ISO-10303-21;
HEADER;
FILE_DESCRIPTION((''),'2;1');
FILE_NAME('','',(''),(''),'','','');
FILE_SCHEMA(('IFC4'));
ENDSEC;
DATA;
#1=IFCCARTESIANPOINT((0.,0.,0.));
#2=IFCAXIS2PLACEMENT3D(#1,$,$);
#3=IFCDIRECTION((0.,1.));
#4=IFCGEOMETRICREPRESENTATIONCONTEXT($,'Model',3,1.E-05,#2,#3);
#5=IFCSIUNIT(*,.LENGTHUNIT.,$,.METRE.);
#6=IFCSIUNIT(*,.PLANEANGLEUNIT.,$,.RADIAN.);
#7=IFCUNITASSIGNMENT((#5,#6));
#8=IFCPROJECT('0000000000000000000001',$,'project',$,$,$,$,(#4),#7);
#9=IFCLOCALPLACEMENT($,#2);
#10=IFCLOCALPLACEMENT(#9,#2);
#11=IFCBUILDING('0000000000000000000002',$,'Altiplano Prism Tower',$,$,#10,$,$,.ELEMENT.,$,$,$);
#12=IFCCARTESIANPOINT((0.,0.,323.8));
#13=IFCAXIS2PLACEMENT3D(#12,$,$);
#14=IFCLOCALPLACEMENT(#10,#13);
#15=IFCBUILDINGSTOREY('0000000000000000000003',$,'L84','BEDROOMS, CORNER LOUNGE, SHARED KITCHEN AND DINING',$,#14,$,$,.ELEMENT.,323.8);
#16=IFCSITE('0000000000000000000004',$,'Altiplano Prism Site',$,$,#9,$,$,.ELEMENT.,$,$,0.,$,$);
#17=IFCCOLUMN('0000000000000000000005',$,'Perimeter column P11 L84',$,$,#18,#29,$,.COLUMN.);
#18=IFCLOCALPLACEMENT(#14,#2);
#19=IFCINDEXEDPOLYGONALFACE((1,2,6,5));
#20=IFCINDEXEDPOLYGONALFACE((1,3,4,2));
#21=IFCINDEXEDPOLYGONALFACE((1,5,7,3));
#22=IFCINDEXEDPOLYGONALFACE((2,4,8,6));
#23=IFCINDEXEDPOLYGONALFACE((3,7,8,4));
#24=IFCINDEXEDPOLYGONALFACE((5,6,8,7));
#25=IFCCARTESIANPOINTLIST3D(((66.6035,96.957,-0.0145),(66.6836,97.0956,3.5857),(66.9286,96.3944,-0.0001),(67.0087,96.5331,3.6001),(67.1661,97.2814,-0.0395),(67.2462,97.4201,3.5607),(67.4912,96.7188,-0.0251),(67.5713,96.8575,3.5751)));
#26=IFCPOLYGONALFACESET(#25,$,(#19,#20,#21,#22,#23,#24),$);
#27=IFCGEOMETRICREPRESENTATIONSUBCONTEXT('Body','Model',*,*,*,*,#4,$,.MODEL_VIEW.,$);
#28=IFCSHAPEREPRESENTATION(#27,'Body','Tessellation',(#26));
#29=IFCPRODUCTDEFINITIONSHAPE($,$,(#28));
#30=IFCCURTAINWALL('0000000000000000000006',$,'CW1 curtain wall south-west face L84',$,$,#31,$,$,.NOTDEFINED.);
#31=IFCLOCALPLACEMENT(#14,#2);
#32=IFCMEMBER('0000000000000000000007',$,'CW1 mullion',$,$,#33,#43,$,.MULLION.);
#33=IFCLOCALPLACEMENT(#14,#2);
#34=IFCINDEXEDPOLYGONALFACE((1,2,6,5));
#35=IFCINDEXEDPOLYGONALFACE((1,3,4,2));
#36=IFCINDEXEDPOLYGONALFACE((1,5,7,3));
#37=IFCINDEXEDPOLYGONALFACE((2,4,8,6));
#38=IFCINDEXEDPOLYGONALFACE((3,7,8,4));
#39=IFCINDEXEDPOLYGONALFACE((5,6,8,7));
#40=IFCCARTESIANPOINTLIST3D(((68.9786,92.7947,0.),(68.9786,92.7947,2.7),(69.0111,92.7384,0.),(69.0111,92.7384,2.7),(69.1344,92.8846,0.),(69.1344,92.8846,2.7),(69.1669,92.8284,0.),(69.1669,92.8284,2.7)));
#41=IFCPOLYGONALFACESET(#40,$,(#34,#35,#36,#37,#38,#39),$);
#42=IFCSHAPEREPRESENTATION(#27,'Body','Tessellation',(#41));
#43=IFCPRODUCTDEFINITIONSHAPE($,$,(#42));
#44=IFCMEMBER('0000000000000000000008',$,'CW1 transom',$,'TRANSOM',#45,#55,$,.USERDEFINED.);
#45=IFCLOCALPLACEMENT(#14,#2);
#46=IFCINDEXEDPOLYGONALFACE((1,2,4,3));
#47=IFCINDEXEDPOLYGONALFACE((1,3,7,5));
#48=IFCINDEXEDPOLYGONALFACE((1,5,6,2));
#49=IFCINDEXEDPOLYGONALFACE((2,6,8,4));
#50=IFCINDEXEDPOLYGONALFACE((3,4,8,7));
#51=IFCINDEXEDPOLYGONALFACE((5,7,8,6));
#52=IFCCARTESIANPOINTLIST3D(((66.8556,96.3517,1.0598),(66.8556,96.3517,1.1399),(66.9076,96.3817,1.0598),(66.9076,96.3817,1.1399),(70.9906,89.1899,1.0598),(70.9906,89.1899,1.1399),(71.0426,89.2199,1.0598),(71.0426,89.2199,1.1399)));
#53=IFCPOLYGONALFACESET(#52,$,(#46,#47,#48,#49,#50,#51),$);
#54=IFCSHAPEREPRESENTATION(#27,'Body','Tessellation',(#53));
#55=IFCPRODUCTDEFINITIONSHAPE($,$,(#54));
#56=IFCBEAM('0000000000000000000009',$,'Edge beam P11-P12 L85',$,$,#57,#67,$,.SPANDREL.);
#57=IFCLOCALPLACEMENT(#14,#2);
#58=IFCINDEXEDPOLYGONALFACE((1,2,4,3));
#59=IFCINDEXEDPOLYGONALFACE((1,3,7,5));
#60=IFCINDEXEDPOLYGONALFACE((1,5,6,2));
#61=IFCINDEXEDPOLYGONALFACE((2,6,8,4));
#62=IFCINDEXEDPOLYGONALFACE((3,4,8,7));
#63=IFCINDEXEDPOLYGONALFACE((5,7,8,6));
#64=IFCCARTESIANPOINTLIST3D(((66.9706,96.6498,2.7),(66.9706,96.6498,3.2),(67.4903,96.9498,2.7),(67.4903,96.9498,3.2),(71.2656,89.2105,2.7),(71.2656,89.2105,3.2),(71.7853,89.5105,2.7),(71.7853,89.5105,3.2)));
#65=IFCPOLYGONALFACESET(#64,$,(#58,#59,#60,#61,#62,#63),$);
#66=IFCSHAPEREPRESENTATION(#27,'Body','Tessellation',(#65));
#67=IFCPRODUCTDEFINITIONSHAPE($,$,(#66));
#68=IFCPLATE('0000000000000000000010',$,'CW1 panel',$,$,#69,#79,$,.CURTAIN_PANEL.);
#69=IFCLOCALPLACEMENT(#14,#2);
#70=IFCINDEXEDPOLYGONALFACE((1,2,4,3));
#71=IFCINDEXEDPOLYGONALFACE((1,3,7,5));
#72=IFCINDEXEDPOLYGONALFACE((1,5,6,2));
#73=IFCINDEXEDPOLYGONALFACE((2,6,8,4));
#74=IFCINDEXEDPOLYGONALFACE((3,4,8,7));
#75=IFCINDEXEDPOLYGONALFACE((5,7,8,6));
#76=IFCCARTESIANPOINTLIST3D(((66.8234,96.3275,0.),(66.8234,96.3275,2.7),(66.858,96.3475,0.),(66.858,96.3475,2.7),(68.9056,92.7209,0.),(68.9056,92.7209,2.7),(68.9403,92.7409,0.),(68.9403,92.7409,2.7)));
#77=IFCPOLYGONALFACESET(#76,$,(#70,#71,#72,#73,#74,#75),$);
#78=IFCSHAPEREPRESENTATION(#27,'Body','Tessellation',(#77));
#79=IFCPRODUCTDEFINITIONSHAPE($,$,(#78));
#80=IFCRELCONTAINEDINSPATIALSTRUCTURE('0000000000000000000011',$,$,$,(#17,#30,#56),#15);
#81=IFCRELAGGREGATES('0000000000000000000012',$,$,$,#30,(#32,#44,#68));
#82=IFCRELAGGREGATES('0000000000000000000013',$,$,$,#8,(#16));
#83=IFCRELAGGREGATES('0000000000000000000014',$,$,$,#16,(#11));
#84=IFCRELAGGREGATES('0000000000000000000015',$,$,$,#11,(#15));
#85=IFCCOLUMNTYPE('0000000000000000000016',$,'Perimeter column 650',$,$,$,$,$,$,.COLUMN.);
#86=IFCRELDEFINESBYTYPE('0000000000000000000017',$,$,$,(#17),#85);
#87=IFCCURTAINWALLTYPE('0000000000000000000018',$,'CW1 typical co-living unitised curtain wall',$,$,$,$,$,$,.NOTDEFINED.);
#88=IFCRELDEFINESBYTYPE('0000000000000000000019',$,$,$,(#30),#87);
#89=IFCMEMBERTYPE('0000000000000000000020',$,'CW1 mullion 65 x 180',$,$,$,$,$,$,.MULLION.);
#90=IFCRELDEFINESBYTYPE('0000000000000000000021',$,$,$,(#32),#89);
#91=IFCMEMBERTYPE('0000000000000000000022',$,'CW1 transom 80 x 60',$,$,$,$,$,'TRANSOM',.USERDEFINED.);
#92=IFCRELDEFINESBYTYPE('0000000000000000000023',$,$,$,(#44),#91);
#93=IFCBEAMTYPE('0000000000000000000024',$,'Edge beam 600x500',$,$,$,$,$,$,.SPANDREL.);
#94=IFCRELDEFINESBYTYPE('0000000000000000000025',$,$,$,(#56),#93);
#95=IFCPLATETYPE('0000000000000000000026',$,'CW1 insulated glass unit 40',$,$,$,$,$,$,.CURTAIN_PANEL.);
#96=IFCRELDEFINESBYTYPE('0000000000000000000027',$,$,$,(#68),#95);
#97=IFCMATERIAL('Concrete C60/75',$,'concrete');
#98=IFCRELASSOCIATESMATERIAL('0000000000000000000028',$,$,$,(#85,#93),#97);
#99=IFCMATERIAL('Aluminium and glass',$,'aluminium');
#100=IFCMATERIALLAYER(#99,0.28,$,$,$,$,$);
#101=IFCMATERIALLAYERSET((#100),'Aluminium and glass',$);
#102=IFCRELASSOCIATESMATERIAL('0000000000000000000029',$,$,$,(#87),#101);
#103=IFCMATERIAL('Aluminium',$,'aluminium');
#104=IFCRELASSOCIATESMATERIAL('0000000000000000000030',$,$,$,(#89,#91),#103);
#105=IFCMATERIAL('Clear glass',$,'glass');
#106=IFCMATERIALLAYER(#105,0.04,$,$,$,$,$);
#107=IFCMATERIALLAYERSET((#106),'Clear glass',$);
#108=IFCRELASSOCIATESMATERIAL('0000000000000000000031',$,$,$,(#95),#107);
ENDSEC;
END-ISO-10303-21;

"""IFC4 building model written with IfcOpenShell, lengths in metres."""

from ifc_helpers import new_model, si_unit, direction, frame, origin, origin_2d, place, context, subcontext, project, spatial, rectangle, extrude, material, layer, layer_set, material_profile, profile_set, type_object, element, aggregate, save


model = new_model("IFC4")

# Units and contexts
model_context = context("Model", 3, precision=1e-05, world=origin(), true_north=direction((0.0, 1.0)))
body_context = subcontext(model_context, "Body", "Model", "MODEL_VIEW")
ifc_project = project(units=[si_unit("LENGTHUNIT", "METRE"), si_unit("PLANEANGLEUNIT", "RADIAN")], contexts=[model_context])

# Site, building, storey
site_placement = place(None, origin())
site = spatial("IfcSite", under=ifc_project, at=site_placement, Name="Altiplano Prism Site", CompositionType="ELEMENT", RefElevation=0.0)
building_placement = place(site_placement, origin())
building = spatial("IfcBuilding", under=site, at=building_placement, Name="Altiplano Prism Tower", CompositionType="ELEMENT")
storey_placement = place(building_placement, frame((0.0, 0.0, 323.8)))
storey = spatial("IfcBuildingStorey", under=building, at=storey_placement, Name="L84", Description="BEDROOMS, CORNER LOUNGE, SHARED KITCHEN AND DINING", CompositionType="ELEMENT", Elevation=323.8)

# Column
ifc_material_1 = material(Name="Concrete C60/75", Category="concrete")
ifc_material_profile_1 = material_profile(ifc_material_1, rectangle(XDim=0.6499, YDim=0.6499, at=origin_2d()), Name="Perimeter column 650")
ifc_profile_set_1 = profile_set([ifc_material_profile_1], Name="Concrete C60/75")
column_type = type_object("IfcColumnType", Name="Perimeter column 650", PredefinedType="COLUMN", material=ifc_profile_set_1)
column_placement = place(storey_placement, frame((67.0474, 96.8379, -0.0198), z_axis=(0.022221, 0.038481, 0.999012), x_axis=(-0.865639, -0.499187, 0.038483)))
element("IfcColumn", 1, at=column_placement, inside=storey, type_object=column_type, Name="Perimeter column P11 L84", PredefinedType="COLUMN", context=body_context, shape_type="SweptSolid", body=[
    extrude(rectangle(XDim=0.6499, YDim=0.6499, at=origin_2d()), origin(), (0.0, 0.0, 1.0), 3.6038),
])

# Curtain wall, members
ifc_material_2 = material(Name="Aluminium and glass", Category="aluminium")
ifc_layer_1 = layer(ifc_material_2, 0.28)
ifc_layer_set_1 = layer_set([ifc_layer_1], Name="Aluminium and glass")
curtain_wall_type = type_object("IfcCurtainWallType", Name="CW1 typical co-living unitised curtain wall", PredefinedType="NOTDEFINED", material=ifc_layer_set_1)
curtain_wall_placement = place(storey_placement, origin())
curtain_wall = element("IfcCurtainWall", 2, at=curtain_wall_placement, inside=storey, type_object=curtain_wall_type, Name="CW1 curtain wall south-west face L84", PredefinedType="NOTDEFINED")
ifc_material_3 = material(Name="Aluminium", Category="aluminium")
ifc_material_profile_2 = material_profile(ifc_material_3, rectangle(XDim=0.1799, YDim=0.0649, at=origin_2d()), Name="CW1 mullion 65 x 180")
ifc_profile_set_2 = profile_set([ifc_material_profile_2], Name="Aluminium")
member_type_1 = type_object("IfcMemberType", Name="CW1 mullion 65 x 180", PredefinedType="MULLION", material=ifc_profile_set_2)
member_1_placement = place(storey_placement, frame((69.0728, 92.8115, 0.0), z_axis=(0.0, 0.0, 1.0), x_axis=(0.866025, 0.5, 0.0)))
member_1 = element("IfcMember", 3, at=member_1_placement, type_object=member_type_1, Name="CW1 mullion", PredefinedType="MULLION", context=body_context, shape_type="SweptSolid", body=[
    extrude(rectangle(XDim=0.1799, YDim=0.0649, at=origin_2d()), origin(), (0.0, 0.0, 1.0), 2.7),
])
ifc_material_profile_3 = material_profile(ifc_material_3, rectangle(XDim=0.0601, YDim=0.0801, at=origin_2d()), Name="CW1 transom 80 x 60")
ifc_profile_set_3 = profile_set([ifc_material_profile_3], Name="Aluminium")
member_type_2 = type_object("IfcMemberType", Name="CW1 transom 80 x 60", ElementType="TRANSOM", PredefinedType="USERDEFINED", material=ifc_profile_set_3)
member_2_placement = place(storey_placement, frame((66.8816, 96.3667, 1.0999), z_axis=(0.50001, -0.86602, 0.0), x_axis=(0.86602, 0.50001, 0.0)))
member_2 = element("IfcMember", 4, at=member_2_placement, type_object=member_type_2, Name="CW1 transom", ObjectType="TRANSOM", PredefinedType="USERDEFINED", context=body_context, shape_type="SweptSolid", body=[
    extrude(rectangle(XDim=0.0601, YDim=0.0801, at=origin_2d()), origin(), (0.0, 0.0, 1.0), 8.2698),
])

# Beam
ifc_material_profile_4 = material_profile(ifc_material_1, rectangle(XDim=0.6001, YDim=0.5, at=origin_2d()), Name="Edge beam 600x500")
ifc_profile_set_4 = profile_set([ifc_material_profile_4], Name="Concrete C60/75")
beam_type = type_object("IfcBeamType", Name="Edge beam 600x500", PredefinedType="SPANDREL", material=ifc_profile_set_4)
beam_placement = place(storey_placement, frame((67.2305, 96.7998, 2.95), z_axis=(0.499991, -0.866031, 0.0), x_axis=(0.866031, 0.499991, 0.0)))
element("IfcBeam", 5, at=beam_placement, inside=storey, type_object=beam_type, Name="Edge beam P11-P12 L85", PredefinedType="SPANDREL", context=body_context, shape_type="SweptSolid", body=[
    extrude(rectangle(XDim=0.6001, YDim=0.5, at=origin_2d()), origin(), (0.0, 0.0, 1.0), 8.5901),
])

# Plate
ifc_material_4 = material(Name="Clear glass", Category="glass")
ifc_layer_2 = layer(ifc_material_4, 0.04)
ifc_layer_set_2 = layer_set([ifc_layer_2], Name="Clear glass")
plate_type = type_object("IfcPlateType", Name="CW1 insulated glass unit 40", PredefinedType="CURTAIN_PANEL", material=ifc_layer_set_2)
plate_placement = place(storey_placement, frame((67.8818, 94.5342, 0.0), z_axis=(0.0, 0.0, 1.0), x_axis=(0.5, -0.866025, 0.0)))
plate = element("IfcPlate", 6, at=plate_placement, type_object=plate_type, Name="CW1 panel", PredefinedType="CURTAIN_PANEL", context=body_context, shape_type="SweptSolid", body=[
    extrude(rectangle(XDim=4.1646, YDim=0.04, at=origin_2d()), origin(), (0.0, 0.0, 1.0), 2.7),
])
aggregate(curtain_wall, [member_1, member_2, plate])

save(model, "model.ifc")
